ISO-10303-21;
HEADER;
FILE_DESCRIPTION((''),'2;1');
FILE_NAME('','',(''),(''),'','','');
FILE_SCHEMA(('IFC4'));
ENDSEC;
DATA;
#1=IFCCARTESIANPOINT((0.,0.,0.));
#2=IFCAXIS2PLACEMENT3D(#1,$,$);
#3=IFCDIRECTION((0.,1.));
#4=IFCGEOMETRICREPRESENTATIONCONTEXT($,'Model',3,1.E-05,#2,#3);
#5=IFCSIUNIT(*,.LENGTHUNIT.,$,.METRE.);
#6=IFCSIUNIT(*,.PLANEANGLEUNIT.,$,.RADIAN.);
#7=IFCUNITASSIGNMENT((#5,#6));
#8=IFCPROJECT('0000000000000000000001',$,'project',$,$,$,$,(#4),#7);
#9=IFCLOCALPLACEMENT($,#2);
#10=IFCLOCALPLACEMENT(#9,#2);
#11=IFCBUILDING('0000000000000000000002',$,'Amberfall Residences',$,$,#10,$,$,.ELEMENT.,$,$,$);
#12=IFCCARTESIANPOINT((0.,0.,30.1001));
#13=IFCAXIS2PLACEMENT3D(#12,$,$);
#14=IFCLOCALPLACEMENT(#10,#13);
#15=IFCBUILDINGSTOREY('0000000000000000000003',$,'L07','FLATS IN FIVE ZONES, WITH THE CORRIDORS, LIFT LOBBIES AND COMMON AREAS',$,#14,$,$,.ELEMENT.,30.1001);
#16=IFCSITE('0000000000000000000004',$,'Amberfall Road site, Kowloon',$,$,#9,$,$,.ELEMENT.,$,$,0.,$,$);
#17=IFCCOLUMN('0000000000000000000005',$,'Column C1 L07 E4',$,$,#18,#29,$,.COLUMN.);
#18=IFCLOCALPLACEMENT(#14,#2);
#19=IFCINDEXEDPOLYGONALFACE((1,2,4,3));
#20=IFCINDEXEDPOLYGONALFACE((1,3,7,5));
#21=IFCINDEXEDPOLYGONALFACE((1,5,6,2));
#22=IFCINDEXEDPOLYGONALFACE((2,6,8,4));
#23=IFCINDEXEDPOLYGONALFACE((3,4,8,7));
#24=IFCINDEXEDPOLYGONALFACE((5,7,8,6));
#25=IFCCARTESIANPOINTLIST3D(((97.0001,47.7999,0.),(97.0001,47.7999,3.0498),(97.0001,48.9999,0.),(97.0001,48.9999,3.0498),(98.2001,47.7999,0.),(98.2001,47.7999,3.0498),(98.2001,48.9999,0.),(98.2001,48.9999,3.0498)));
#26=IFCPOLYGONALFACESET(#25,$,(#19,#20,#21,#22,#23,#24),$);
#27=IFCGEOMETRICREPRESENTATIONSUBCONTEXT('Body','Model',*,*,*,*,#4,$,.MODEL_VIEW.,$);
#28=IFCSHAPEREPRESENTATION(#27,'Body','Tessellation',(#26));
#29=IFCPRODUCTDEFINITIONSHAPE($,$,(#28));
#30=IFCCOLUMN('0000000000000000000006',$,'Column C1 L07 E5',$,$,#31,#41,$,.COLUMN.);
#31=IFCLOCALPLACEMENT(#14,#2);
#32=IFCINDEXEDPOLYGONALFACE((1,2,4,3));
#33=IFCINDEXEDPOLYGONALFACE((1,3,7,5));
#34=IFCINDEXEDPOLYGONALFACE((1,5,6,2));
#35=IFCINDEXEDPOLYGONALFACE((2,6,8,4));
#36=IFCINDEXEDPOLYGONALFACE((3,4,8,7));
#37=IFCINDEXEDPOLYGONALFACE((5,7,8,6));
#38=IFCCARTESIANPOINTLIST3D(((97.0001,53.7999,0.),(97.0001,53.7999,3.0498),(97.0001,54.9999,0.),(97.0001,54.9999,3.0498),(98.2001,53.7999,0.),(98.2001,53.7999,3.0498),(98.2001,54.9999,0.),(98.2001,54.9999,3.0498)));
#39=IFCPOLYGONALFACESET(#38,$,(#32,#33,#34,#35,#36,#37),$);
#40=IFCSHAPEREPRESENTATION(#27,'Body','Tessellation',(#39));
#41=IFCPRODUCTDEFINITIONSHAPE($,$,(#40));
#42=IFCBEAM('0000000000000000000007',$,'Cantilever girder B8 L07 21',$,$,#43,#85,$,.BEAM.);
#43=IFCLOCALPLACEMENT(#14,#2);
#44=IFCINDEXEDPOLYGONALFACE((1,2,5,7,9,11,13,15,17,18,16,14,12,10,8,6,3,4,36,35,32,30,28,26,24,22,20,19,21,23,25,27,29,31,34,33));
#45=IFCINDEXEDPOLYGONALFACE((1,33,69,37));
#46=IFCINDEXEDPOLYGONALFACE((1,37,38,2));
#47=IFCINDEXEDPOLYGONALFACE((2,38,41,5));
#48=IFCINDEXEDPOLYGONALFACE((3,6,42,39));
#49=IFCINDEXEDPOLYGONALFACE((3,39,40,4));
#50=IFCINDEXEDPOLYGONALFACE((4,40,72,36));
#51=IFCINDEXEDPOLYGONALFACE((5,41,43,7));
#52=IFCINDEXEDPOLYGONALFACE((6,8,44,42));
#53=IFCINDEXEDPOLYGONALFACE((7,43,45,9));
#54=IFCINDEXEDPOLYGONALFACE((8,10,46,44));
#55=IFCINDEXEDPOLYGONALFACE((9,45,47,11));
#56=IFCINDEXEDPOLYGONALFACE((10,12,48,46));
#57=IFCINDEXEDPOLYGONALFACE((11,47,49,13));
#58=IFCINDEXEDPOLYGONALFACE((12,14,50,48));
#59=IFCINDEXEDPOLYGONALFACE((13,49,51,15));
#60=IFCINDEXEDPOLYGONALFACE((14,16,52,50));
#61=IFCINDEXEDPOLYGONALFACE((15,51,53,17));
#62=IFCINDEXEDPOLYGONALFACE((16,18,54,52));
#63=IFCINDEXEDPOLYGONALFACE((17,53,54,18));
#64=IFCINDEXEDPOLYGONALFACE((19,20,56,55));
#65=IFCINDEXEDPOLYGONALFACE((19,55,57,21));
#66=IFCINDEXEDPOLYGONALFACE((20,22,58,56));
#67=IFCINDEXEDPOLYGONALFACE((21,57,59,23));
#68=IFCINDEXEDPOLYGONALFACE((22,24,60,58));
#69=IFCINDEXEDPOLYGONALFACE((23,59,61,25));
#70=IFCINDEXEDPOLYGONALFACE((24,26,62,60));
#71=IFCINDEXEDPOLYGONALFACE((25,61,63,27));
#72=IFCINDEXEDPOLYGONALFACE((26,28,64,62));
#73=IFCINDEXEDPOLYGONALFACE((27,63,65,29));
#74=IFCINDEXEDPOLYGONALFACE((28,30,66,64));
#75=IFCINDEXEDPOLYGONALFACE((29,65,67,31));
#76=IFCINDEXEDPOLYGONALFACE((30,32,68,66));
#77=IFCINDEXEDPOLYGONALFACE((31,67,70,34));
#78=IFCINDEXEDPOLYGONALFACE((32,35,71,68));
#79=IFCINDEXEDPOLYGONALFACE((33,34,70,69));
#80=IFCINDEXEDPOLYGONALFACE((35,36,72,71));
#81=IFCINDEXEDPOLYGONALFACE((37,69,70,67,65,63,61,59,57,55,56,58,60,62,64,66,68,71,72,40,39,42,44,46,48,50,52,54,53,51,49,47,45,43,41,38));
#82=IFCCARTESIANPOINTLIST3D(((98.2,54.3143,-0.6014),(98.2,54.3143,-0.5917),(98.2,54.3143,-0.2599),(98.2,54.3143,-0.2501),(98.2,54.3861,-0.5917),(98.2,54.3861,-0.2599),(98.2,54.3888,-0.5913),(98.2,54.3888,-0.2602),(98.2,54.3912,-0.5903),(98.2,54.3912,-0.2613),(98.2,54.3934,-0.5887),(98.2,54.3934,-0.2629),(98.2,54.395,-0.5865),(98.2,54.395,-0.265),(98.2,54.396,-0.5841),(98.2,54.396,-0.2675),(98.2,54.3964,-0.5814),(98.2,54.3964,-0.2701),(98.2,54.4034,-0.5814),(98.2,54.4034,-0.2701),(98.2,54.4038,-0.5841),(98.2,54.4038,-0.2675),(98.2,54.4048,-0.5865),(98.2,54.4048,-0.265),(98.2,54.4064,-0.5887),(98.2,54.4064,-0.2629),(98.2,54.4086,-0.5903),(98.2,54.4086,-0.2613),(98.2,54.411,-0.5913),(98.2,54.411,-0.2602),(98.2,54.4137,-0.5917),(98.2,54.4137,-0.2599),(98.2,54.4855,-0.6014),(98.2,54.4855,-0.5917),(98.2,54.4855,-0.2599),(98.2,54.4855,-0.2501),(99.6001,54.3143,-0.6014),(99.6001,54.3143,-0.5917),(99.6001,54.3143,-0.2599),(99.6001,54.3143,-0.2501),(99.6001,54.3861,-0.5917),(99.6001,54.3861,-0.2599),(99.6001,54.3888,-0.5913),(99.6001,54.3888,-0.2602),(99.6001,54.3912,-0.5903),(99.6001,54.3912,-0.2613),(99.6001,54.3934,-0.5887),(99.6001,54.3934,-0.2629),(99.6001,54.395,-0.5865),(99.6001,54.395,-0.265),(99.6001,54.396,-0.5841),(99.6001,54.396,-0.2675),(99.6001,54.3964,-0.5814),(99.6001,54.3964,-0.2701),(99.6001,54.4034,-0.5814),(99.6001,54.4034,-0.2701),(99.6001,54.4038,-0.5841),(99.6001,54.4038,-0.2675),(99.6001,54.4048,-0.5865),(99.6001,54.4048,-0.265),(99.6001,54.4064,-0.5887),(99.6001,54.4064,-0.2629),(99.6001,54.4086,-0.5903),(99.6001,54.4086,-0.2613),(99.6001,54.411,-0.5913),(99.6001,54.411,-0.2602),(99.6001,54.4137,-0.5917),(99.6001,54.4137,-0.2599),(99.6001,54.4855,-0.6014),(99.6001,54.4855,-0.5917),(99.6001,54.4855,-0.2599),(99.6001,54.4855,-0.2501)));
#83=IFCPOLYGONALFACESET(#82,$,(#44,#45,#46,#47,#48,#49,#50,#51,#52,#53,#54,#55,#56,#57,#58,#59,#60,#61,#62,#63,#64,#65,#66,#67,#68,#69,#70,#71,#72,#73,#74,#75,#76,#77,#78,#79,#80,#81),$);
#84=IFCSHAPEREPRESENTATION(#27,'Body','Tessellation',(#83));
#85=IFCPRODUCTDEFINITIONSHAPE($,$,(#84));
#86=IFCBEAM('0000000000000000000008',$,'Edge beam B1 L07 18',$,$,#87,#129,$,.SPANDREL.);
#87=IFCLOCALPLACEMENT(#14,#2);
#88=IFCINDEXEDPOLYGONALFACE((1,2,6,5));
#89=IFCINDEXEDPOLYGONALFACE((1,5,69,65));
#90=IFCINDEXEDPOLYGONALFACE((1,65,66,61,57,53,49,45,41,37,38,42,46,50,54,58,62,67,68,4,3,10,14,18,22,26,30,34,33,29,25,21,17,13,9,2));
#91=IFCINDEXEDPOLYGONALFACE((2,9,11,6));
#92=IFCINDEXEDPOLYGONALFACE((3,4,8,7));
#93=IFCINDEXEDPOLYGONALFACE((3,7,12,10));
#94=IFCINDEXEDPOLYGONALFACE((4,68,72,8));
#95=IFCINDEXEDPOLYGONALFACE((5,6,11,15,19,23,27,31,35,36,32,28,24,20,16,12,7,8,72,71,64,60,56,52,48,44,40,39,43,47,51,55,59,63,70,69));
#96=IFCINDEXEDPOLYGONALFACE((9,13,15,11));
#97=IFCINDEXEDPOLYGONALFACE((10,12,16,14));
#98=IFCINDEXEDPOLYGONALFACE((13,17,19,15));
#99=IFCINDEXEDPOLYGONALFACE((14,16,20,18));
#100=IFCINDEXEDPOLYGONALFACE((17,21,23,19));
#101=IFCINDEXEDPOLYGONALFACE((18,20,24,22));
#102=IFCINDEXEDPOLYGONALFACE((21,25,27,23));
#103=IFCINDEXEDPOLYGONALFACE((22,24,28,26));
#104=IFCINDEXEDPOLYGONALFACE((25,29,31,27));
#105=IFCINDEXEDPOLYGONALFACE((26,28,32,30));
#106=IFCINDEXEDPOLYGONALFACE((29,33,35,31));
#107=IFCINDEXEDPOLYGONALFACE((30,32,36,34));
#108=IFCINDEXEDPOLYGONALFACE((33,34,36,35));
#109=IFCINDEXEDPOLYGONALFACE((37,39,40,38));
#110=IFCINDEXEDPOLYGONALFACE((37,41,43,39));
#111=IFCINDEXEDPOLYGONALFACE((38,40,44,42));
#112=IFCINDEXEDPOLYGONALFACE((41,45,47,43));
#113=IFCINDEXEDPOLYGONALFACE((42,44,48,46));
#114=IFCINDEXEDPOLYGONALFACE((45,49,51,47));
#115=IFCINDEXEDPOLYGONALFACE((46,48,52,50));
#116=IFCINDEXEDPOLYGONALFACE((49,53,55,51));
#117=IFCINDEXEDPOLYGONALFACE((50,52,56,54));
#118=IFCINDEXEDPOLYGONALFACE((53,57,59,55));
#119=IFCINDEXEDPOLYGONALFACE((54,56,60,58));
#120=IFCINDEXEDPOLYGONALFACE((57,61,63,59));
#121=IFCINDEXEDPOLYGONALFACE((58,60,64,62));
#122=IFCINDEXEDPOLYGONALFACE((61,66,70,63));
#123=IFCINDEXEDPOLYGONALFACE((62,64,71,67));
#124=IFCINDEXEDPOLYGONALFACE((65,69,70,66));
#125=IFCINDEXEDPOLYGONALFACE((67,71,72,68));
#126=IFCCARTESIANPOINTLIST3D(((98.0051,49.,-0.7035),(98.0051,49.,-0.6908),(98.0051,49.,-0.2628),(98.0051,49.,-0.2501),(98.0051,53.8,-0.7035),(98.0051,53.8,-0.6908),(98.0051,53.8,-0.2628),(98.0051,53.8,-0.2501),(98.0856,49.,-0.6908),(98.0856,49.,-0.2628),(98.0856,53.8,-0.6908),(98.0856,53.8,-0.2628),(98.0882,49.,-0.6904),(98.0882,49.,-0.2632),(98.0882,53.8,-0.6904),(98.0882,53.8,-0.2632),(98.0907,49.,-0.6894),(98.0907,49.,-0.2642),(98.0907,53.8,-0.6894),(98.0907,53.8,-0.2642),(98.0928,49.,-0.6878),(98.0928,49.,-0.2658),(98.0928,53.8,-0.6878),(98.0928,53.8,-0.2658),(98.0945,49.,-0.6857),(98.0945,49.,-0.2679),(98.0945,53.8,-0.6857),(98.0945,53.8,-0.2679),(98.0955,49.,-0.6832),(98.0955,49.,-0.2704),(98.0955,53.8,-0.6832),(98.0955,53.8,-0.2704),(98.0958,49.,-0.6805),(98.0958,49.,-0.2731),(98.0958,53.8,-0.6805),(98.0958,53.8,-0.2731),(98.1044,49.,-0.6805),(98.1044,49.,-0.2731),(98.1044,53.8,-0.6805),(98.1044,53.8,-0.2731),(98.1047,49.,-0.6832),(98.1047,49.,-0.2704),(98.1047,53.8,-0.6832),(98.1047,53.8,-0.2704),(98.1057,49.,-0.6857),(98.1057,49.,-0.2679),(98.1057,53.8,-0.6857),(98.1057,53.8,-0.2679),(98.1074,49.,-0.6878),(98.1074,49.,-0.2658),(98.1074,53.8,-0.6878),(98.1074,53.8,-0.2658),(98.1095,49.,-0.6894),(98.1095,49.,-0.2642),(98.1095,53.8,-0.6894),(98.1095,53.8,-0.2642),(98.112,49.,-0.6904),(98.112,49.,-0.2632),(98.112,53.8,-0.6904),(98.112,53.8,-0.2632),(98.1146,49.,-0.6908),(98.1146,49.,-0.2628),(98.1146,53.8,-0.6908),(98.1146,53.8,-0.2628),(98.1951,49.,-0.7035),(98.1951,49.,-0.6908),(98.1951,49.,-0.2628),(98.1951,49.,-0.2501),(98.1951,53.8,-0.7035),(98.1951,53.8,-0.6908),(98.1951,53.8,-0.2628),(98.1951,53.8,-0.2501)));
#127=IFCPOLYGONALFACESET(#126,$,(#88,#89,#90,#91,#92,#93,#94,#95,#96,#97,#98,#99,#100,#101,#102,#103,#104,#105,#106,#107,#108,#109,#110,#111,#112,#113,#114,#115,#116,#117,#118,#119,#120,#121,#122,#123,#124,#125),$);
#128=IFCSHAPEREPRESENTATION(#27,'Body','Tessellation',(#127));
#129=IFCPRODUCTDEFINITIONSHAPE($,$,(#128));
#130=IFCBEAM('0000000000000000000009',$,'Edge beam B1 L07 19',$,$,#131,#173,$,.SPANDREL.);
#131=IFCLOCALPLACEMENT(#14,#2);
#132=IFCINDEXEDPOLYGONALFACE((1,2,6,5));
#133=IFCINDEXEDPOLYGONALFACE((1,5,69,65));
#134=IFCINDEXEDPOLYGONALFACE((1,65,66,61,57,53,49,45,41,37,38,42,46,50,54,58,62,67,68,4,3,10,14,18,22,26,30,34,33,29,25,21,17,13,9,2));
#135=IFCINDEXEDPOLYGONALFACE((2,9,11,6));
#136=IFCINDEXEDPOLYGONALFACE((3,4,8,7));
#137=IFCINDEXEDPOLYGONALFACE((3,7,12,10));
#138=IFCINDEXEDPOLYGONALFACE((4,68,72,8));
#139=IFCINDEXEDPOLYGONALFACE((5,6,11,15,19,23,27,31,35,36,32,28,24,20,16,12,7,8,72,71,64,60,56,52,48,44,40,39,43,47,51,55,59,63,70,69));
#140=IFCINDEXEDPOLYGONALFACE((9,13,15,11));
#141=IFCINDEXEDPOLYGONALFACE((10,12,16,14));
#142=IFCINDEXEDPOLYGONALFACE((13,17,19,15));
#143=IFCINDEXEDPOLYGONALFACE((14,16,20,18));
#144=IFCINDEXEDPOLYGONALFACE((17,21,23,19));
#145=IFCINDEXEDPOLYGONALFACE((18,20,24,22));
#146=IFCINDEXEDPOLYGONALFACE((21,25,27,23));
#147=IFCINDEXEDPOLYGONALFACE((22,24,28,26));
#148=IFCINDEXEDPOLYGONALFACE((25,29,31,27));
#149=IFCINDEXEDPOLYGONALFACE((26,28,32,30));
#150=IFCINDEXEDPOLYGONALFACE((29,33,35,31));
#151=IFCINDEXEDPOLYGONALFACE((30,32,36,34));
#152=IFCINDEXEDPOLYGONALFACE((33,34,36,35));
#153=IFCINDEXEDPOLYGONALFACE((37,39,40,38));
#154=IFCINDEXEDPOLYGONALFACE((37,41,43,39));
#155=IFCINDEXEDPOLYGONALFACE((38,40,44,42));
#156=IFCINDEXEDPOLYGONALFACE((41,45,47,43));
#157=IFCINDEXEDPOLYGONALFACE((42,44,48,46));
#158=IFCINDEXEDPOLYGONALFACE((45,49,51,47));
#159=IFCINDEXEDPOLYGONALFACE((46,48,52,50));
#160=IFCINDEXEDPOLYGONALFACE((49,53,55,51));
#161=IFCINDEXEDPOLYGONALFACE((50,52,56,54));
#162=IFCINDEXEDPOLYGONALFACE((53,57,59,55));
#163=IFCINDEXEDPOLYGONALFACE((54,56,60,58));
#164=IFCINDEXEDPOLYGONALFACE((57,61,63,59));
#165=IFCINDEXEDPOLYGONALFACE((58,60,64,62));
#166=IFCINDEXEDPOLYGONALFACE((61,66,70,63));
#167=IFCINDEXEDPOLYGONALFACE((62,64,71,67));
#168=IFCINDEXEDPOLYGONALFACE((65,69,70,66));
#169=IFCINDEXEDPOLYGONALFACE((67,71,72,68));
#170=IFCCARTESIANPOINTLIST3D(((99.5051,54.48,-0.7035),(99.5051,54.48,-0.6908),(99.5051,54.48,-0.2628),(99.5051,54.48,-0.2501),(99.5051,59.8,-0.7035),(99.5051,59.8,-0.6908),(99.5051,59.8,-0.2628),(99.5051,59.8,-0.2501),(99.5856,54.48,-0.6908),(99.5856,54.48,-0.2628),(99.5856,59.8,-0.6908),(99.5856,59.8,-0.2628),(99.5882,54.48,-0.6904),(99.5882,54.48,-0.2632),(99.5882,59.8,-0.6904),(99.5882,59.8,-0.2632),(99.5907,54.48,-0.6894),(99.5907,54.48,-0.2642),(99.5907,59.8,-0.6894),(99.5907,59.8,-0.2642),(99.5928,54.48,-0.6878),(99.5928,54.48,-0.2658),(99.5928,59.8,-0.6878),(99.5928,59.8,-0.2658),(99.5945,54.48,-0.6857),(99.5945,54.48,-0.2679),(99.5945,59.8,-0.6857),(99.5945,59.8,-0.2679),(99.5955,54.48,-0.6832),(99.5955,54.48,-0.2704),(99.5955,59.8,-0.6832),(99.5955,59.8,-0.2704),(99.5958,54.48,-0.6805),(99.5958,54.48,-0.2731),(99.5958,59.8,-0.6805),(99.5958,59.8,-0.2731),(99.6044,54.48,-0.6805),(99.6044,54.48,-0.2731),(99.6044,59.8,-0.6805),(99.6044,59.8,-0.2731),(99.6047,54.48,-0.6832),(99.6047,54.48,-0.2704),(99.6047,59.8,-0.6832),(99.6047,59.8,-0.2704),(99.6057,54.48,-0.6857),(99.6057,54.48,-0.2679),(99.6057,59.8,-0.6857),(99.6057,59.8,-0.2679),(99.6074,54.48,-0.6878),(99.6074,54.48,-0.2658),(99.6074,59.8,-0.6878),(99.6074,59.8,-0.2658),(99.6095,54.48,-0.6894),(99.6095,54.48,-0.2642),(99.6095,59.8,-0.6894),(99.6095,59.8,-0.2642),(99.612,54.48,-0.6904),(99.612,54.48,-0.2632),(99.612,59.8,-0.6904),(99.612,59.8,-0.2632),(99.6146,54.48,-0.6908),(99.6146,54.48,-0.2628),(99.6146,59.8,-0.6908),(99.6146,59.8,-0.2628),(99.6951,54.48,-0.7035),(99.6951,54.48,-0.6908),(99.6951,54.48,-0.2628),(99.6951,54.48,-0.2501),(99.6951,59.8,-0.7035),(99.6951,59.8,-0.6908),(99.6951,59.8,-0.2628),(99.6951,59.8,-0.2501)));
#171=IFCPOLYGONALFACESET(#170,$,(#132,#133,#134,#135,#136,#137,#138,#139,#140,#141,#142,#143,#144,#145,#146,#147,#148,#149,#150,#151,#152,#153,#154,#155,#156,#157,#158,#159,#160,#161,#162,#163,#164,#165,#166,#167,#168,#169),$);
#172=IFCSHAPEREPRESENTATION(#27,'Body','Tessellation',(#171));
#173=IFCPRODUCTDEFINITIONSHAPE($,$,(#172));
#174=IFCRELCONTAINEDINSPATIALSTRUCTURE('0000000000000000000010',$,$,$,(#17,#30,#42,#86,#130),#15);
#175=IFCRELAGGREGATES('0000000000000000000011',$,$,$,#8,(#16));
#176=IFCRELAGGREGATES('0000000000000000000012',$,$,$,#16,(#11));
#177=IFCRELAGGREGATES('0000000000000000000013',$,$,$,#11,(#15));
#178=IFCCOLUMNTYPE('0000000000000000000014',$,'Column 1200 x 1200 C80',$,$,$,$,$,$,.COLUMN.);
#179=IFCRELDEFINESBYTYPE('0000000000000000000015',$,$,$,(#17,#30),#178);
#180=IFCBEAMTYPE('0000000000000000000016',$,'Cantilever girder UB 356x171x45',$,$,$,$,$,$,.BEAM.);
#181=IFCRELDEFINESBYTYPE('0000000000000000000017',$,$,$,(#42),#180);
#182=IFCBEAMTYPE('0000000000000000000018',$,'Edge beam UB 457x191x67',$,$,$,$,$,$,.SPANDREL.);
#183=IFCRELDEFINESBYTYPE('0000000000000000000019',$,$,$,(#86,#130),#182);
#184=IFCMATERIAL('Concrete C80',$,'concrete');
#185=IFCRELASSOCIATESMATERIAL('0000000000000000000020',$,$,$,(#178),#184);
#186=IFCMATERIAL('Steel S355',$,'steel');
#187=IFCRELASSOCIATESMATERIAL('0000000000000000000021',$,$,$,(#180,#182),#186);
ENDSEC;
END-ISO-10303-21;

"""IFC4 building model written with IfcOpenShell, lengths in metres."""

from ifc_helpers import new_model, si_unit, direction, frame, origin, origin_2d, place, context, subcontext, project, spatial, rectangle, i_section, extrude, material, material_profile, profile_set, type_object, element, save


model = new_model("IFC4")

# Units and contexts
model_context = context("Model", 3, precision=1e-05, world=origin(), true_north=direction((0.0, 1.0)))
body_context = subcontext(model_context, "Body", "Model", "MODEL_VIEW")
ifc_project = project(units=[si_unit("LENGTHUNIT", "METRE"), si_unit("PLANEANGLEUNIT", "RADIAN")], contexts=[model_context])

# Site, building, storey
site_placement = place(None, origin())
site = spatial("IfcSite", under=ifc_project, at=site_placement, Name="Amberfall Road site, Kowloon", CompositionType="ELEMENT", RefElevation=0.0)
building_placement = place(site_placement, origin())
building = spatial("IfcBuilding", under=site, at=building_placement, Name="Amberfall Residences", CompositionType="ELEMENT")
storey_placement = place(building_placement, frame((0.0, 0.0, 30.1001)))
storey = spatial("IfcBuildingStorey", under=building, at=storey_placement, Name="L07", Description="FLATS IN FIVE ZONES, WITH THE CORRIDORS, LIFT LOBBIES AND COMMON AREAS", CompositionType="ELEMENT", Elevation=30.1001)

# Columns
ifc_material_1 = material(Name="Concrete C80", Category="concrete")
ifc_material_profile_1 = material_profile(ifc_material_1, rectangle(XDim=1.2, YDim=1.2, at=origin_2d()), Name="Column 1200 x 1200 C80")
ifc_profile_set_1 = profile_set([ifc_material_profile_1], Name="Concrete C80")
column_type = type_object("IfcColumnType", Name="Column 1200 x 1200 C80", PredefinedType="COLUMN", material=ifc_profile_set_1)
for number, where, z_axis, x_axis, name in (
    (1, (97.6001, 48.3999, 0.0), (0.0, 0.0, 1.0), (1.0, 0.0, 0.0), "Column C1 L07 E4"),
    (2, (97.6001, 54.3999, 0.0), (0.0, 0.0, 1.0), (1.0, 0.0, 0.0), "Column C1 L07 E5"),
):
    element("IfcColumn", number, at=place(storey_placement, frame(where, z_axis=z_axis, x_axis=x_axis)), inside=storey, type_object=column_type, Name=name, PredefinedType="COLUMN", context=body_context, shape_type="SweptSolid", body=[
        extrude(rectangle(XDim=1.2, YDim=1.2, at=origin_2d()), origin(), (0.0, 0.0, 1.0), 3.0498),
    ])

# Beams
ifc_material_2 = material(Name="Steel S355", Category="steel")
ifc_material_profile_2 = material_profile(ifc_material_2, i_section(OverallWidth=0.1711, OverallDepth=0.3513, WebThickness=0.0071, FlangeThickness=0.0098, FilletRadius=0.0103, at=origin_2d()), Name="UB 356x171x45")
ifc_profile_set_2 = profile_set([ifc_material_profile_2], Name="Steel S355")
beam_type_1 = type_object("IfcBeamType", Name="Cantilever girder UB 356x171x45", PredefinedType="BEAM", material=ifc_profile_set_2)
beam_1_placement = place(storey_placement, frame((98.2, 54.3999, -0.4258), z_axis=(1.0, 0.0, 0.0), x_axis=(0.0, 1.0, 0.0)))
element("IfcBeam", 3, at=beam_1_placement, inside=storey, type_object=beam_type_1, Name="Cantilever girder B8 L07 21", PredefinedType="BEAM", context=body_context, shape_type="SweptSolid", body=[
    extrude(i_section(OverallWidth=0.1711, OverallDepth=0.3513, WebThickness=0.0071, FlangeThickness=0.0098, FilletRadius=0.0103, at=origin_2d()), origin(), (0.0, 0.0, 1.0), 1.4001),
])
ifc_material_profile_3 = material_profile(ifc_material_2, i_section(OverallWidth=0.1899, OverallDepth=0.4534, WebThickness=0.0085, FlangeThickness=0.0127, FilletRadius=0.0103, at=origin_2d()), Name="UB 457x191x67")
ifc_profile_set_3 = profile_set([ifc_material_profile_3], Name="Steel S355")
beam_type_2 = type_object("IfcBeamType", Name="Edge beam UB 457x191x67", PredefinedType="SPANDREL", material=ifc_profile_set_3)
beam_2_placement = place(storey_placement, frame((98.1001, 49.0, -0.4768), z_axis=(0.0, 1.0, 0.0), x_axis=(-1.0, 0.0, 0.0)))
element("IfcBeam", 4, at=beam_2_placement, inside=storey, type_object=beam_type_2, Name="Edge beam B1 L07 18", PredefinedType="SPANDREL", context=body_context, shape_type="SweptSolid", body=[
    extrude(i_section(OverallWidth=0.1899, OverallDepth=0.4534, WebThickness=0.0085, FlangeThickness=0.0127, FilletRadius=0.0103, at=origin_2d()), origin(), (0.0, 0.0, 1.0), 4.8),
])
beam_3_placement = place(storey_placement, frame((99.6001, 54.48, -0.4768), z_axis=(0.0, 1.0, 0.0), x_axis=(-1.0, 0.0, 0.0)))
element("IfcBeam", 5, at=beam_3_placement, inside=storey, type_object=beam_type_2, Name="Edge beam B1 L07 19", PredefinedType="SPANDREL", context=body_context, shape_type="SweptSolid", body=[
    extrude(i_section(OverallWidth=0.1899, OverallDepth=0.4534, WebThickness=0.0085, FlangeThickness=0.0127, FilletRadius=0.0103, at=origin_2d()), origin(), (0.0, 0.0, 1.0), 5.3201),
])

save(model, "model.ifc")
